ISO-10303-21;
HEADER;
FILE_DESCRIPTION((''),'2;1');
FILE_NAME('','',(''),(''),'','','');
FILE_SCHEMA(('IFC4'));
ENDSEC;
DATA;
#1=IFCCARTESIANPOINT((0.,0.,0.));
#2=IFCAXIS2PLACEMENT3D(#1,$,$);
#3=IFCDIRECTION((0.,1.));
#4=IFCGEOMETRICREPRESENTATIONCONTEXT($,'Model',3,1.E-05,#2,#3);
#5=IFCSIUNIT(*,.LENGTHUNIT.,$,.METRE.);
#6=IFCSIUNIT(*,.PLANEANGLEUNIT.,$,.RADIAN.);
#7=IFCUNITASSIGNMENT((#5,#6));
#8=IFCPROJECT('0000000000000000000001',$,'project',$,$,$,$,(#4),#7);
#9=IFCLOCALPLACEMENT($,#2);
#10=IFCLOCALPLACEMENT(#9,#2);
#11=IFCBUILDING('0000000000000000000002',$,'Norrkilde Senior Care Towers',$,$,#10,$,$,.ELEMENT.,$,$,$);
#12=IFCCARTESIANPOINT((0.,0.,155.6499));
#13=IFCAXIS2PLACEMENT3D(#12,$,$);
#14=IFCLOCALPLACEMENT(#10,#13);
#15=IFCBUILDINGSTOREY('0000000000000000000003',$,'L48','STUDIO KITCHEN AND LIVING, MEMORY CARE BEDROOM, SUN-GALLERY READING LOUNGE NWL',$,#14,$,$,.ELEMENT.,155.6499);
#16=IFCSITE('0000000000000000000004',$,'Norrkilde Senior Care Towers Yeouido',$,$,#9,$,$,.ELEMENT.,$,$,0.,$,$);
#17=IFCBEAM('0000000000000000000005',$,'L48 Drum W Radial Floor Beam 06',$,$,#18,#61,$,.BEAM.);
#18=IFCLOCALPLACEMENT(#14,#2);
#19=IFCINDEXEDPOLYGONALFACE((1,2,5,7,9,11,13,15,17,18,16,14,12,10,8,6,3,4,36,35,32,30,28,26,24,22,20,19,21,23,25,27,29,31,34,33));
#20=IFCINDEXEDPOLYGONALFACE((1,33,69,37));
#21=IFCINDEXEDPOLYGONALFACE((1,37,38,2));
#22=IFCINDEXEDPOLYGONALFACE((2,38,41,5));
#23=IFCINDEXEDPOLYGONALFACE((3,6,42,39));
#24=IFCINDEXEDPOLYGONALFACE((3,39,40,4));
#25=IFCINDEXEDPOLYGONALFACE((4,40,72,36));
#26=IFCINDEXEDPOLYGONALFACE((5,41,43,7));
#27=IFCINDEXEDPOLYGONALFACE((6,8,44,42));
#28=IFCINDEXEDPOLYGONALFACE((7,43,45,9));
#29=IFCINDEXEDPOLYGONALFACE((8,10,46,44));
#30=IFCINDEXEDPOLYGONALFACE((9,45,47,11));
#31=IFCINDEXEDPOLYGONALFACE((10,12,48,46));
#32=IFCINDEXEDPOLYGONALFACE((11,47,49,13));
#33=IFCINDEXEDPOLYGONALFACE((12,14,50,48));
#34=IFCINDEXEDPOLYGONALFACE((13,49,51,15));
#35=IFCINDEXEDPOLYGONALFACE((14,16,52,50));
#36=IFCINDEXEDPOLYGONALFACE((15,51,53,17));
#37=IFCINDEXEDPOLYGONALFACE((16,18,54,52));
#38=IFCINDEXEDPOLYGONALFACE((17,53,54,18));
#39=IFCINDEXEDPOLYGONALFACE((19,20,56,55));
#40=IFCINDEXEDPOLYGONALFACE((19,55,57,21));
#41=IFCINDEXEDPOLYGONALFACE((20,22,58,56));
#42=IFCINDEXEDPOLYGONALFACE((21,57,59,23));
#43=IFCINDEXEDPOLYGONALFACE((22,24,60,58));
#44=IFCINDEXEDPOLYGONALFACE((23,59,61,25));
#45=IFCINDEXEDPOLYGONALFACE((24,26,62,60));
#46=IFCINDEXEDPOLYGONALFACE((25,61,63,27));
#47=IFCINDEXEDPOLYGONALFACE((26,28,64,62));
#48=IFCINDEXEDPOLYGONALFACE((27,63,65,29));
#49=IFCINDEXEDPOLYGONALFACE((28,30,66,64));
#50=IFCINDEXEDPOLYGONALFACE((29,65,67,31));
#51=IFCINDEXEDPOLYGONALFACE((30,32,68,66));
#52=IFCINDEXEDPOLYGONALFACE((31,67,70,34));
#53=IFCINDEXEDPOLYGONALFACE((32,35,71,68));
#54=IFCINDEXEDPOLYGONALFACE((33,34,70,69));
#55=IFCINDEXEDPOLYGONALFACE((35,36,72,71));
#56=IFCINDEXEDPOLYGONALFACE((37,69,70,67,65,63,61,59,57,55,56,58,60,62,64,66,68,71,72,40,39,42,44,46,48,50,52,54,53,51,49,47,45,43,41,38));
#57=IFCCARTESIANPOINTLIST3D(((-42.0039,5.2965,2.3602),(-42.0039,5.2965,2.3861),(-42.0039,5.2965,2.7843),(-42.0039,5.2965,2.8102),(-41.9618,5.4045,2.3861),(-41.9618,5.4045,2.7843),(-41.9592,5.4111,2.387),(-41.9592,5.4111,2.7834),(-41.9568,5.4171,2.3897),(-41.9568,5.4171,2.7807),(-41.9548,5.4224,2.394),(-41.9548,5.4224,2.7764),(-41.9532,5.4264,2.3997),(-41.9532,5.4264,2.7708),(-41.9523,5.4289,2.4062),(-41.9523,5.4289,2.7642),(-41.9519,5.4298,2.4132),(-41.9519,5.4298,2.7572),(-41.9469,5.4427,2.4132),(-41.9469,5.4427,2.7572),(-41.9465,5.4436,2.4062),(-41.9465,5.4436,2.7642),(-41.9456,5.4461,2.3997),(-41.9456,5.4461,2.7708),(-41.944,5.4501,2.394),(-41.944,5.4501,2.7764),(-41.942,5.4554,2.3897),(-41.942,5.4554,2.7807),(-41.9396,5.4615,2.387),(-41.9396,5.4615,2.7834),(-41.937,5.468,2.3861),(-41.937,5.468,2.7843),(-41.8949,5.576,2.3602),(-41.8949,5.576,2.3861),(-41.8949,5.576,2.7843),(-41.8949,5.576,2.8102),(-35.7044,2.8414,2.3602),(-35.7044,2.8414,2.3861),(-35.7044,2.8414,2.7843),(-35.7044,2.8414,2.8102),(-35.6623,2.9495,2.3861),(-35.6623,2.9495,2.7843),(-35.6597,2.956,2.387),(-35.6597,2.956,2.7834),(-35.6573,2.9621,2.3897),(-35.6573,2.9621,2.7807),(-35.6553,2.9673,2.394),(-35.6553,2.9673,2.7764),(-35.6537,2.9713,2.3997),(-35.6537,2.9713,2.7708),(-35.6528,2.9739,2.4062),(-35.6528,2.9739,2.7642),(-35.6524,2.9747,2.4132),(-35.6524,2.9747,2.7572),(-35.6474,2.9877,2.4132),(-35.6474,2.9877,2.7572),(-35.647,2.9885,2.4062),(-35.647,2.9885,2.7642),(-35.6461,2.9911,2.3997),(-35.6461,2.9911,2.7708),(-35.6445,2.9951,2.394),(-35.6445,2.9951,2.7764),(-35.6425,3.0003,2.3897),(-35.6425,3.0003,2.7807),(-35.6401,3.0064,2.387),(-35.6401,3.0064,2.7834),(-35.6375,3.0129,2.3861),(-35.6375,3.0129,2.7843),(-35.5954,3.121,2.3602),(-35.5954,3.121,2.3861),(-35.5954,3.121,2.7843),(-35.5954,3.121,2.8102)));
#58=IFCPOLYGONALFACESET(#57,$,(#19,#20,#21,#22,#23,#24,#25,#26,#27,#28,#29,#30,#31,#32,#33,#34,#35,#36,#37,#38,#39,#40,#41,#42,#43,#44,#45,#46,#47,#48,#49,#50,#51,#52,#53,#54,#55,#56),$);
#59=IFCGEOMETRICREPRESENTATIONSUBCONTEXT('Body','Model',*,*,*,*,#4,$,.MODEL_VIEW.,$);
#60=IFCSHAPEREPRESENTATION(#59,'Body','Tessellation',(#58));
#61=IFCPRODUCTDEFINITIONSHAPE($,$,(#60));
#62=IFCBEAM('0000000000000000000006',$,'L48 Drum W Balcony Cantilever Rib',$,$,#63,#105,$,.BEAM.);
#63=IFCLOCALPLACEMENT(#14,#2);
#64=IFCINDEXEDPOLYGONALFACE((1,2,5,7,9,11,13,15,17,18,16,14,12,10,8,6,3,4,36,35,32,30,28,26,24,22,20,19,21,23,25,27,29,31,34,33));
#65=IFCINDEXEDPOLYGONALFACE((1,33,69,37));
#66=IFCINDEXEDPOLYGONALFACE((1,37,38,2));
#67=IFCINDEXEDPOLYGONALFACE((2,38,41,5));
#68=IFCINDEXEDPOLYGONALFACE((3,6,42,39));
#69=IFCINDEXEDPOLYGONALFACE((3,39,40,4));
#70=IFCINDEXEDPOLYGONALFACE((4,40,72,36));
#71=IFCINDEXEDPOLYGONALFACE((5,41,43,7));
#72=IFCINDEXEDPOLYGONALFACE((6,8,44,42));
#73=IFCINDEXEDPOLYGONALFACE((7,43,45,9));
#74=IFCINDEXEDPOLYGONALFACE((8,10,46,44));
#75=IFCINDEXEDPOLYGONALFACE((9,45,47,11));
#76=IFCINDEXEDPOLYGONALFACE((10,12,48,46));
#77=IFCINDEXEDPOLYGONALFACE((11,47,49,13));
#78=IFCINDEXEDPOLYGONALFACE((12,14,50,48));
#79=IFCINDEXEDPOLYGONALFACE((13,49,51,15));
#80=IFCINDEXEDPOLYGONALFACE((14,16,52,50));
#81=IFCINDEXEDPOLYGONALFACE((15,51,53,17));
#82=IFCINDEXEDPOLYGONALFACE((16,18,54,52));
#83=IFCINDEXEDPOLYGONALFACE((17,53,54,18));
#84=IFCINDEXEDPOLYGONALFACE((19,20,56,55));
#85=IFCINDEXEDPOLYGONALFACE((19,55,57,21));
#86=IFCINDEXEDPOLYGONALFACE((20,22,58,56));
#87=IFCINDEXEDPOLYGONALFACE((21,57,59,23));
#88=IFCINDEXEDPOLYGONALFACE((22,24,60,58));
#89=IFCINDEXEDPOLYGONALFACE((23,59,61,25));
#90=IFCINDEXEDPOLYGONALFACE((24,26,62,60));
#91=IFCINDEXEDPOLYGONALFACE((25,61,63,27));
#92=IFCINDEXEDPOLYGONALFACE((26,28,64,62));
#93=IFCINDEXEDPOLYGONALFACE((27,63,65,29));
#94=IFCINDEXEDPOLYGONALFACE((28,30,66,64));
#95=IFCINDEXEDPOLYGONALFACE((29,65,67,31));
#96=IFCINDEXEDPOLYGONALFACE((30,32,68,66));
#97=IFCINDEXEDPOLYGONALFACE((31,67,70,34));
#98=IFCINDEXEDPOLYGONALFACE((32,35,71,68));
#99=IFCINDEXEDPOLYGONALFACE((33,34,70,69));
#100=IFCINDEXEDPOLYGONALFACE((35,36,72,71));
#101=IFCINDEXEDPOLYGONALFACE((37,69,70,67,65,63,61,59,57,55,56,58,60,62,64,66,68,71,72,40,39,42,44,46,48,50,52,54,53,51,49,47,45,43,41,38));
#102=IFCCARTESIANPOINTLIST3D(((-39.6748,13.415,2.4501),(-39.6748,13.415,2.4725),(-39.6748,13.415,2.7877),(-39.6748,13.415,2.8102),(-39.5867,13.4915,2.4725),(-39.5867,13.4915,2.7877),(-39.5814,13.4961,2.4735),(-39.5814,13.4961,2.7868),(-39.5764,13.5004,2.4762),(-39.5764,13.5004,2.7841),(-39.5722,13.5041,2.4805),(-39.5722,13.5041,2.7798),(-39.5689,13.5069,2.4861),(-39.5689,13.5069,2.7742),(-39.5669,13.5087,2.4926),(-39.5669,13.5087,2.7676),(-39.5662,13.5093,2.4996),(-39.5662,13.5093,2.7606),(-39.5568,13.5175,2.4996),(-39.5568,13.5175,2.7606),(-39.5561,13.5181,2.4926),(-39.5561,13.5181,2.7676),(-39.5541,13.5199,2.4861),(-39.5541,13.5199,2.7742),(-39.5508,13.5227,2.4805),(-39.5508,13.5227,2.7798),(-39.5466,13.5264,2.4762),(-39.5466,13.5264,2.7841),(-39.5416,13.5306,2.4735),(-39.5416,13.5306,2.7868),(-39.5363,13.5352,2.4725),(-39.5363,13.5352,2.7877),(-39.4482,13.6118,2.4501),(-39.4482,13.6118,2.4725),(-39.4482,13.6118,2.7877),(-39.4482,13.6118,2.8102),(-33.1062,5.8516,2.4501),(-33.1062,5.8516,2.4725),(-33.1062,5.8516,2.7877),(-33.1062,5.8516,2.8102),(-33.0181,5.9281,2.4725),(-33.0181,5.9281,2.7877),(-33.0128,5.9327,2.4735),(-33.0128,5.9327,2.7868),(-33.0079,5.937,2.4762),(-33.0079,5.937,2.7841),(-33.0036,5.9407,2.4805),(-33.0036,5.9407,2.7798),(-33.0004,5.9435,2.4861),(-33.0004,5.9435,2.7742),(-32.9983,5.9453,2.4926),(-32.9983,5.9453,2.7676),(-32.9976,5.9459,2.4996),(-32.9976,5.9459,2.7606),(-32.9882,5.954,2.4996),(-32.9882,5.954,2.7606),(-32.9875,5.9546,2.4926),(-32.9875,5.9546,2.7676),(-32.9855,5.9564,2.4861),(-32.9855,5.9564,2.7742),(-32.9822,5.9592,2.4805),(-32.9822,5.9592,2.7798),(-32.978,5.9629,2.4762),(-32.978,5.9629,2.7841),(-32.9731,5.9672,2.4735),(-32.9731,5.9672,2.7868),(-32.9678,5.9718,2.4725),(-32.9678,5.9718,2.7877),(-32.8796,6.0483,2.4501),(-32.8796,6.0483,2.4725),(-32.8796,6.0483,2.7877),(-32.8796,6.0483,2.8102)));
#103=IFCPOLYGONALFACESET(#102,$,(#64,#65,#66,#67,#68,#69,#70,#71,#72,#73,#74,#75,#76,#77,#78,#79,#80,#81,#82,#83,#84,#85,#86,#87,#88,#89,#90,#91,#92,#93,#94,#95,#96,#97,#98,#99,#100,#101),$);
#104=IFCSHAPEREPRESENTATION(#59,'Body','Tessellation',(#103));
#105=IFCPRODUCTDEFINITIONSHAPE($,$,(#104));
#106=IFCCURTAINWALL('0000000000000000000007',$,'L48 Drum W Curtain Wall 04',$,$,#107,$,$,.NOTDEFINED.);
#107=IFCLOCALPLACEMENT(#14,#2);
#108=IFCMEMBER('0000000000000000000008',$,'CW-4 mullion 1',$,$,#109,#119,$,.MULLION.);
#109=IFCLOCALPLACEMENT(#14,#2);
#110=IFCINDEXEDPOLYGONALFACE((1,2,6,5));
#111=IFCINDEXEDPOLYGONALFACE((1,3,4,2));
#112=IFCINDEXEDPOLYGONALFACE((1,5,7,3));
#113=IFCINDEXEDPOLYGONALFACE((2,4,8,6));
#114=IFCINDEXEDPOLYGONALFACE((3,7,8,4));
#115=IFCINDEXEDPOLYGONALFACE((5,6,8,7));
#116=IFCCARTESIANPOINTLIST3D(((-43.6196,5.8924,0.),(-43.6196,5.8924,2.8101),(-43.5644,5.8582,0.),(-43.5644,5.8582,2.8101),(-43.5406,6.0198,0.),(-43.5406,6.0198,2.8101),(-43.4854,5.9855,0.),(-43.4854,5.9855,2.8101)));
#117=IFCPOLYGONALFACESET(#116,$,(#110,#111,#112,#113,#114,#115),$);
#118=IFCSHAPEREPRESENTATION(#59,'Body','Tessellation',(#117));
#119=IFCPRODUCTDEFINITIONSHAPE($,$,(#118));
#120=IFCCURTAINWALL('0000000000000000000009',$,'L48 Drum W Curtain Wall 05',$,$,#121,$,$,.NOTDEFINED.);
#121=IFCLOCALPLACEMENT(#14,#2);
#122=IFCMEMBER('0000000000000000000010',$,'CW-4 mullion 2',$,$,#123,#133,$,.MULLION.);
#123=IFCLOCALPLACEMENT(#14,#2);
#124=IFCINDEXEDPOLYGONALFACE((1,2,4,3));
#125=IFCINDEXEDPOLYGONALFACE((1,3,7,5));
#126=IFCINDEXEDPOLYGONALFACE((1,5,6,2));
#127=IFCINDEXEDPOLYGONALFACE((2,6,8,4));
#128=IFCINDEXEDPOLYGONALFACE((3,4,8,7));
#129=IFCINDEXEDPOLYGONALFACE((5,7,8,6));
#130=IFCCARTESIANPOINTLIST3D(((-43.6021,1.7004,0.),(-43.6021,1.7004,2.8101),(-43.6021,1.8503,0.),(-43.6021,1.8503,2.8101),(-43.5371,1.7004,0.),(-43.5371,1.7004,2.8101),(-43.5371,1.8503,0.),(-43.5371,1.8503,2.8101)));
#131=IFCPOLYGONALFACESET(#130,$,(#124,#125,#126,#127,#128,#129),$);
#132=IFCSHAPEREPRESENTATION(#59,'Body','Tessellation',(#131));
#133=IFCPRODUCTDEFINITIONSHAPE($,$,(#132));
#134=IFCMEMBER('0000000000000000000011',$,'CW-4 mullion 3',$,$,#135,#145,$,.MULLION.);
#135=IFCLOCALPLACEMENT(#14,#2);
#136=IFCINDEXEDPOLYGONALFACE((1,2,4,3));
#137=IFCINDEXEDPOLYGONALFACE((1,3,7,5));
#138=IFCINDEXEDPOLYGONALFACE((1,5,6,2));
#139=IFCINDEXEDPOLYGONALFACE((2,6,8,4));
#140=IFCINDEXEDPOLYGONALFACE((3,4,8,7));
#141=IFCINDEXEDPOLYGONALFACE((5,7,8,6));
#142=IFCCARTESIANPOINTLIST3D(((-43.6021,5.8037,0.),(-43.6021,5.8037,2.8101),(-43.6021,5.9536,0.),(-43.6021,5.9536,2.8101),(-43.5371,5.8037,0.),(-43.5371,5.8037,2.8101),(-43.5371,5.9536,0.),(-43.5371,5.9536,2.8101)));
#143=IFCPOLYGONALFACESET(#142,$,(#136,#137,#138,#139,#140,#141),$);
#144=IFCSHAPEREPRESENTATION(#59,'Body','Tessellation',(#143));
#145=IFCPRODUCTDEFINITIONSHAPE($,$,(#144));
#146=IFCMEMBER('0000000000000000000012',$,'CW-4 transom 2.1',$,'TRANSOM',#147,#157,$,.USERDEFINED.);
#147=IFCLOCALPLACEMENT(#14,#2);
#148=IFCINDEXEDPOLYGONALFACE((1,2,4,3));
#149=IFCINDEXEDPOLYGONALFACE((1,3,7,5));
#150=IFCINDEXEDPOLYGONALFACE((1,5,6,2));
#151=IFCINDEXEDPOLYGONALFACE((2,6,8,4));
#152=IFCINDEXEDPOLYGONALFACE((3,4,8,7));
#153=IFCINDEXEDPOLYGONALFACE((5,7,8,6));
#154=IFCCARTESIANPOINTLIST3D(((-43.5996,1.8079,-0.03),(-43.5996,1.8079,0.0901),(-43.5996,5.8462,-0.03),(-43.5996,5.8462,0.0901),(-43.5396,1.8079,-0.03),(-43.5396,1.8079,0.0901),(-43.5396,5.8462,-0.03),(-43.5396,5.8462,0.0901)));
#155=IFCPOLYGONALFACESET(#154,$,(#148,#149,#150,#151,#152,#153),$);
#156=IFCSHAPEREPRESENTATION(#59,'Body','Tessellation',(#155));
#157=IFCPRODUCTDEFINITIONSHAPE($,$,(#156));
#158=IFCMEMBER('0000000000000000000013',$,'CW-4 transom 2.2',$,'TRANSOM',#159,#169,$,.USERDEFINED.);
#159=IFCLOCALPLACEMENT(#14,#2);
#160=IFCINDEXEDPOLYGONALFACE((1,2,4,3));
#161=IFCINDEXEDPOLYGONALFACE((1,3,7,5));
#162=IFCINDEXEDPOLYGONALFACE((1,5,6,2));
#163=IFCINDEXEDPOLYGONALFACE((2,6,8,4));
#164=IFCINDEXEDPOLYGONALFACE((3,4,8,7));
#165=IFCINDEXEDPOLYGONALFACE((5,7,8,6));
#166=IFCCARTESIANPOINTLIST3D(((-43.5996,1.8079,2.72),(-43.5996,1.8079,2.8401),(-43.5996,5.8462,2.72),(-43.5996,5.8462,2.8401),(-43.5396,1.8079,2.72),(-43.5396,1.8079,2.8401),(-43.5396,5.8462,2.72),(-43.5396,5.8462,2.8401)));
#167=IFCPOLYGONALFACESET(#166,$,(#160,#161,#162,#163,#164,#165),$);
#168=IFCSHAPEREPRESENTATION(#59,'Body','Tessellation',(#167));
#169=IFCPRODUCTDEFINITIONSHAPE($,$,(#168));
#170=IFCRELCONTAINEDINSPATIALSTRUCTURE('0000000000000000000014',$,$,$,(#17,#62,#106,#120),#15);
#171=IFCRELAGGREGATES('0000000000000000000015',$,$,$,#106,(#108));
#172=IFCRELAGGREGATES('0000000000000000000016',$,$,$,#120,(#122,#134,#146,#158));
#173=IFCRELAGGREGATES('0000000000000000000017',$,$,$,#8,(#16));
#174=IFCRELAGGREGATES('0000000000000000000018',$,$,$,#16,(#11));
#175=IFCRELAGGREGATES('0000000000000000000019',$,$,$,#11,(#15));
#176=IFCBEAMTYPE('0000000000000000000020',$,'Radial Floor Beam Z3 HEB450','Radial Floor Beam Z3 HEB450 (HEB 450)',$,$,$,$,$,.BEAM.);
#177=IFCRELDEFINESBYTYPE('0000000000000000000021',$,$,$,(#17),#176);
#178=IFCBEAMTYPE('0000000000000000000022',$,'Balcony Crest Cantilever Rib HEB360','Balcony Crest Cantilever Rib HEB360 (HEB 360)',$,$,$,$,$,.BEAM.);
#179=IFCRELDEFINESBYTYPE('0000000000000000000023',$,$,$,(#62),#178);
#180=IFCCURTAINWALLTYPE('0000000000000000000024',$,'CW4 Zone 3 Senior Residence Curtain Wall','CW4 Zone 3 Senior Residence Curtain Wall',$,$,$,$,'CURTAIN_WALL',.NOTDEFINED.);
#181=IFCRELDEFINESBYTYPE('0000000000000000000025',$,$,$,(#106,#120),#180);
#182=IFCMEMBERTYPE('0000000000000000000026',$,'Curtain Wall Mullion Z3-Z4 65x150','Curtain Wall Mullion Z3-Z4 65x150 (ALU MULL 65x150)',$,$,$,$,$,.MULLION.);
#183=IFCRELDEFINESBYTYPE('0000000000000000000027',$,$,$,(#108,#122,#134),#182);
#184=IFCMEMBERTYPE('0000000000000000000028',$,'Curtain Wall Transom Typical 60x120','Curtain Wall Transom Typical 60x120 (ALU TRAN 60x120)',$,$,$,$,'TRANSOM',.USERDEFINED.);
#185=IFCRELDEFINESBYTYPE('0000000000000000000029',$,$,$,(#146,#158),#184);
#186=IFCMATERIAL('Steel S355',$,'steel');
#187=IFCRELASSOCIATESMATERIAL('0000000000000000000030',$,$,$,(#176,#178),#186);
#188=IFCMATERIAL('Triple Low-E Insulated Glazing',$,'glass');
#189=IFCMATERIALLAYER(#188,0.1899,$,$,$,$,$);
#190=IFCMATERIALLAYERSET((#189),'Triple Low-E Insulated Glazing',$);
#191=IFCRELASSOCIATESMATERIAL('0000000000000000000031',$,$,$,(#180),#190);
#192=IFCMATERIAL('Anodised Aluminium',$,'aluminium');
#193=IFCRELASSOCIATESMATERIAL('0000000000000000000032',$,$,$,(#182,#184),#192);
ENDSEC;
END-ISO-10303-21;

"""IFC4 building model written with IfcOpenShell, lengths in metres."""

from ifc_helpers import new_model, si_unit, direction, frame, origin, origin_2d, place, context, subcontext, project, spatial, rectangle, i_section, extrude, source, transform, mapped, material, layer, layer_set, material_profile, profile_set, type_object, type_shapes, element, aggregate, save


model = new_model("IFC4")

# Units and contexts
model_context = context("Model", 3, precision=1e-05, world=origin(), true_north=direction((0.0, 1.0)))
body_context = subcontext(model_context, "Body", "Model", "MODEL_VIEW")
ifc_project = project(units=[si_unit("LENGTHUNIT", "METRE"), si_unit("PLANEANGLEUNIT", "RADIAN")], contexts=[model_context])

# Site, building, storey
site_placement = place(None, origin())
site = spatial("IfcSite", under=ifc_project, at=site_placement, Name="Norrkilde Senior Care Towers Yeouido", CompositionType="ELEMENT", RefElevation=0.0)
building_placement = place(site_placement, origin())
building = spatial("IfcBuilding", under=site, at=building_placement, Name="Norrkilde Senior Care Towers", CompositionType="ELEMENT")
storey_placement = place(building_placement, frame((0.0, 0.0, 155.6499)))
storey = spatial("IfcBuildingStorey", under=building, at=storey_placement, Name="L48", Description="STUDIO KITCHEN AND LIVING, MEMORY CARE BEDROOM, SUN-GALLERY READING LOUNGE NWL", CompositionType="ELEMENT", Elevation=155.6499)

# Beams
ifc_material_1 = material(Name="Steel S355", Category="steel")
ifc_material_profile_1 = material_profile(ifc_material_1, i_section(OverallWidth=0.3, OverallDepth=0.45, WebThickness=0.0139, FlangeThickness=0.0259, FilletRadius=0.0271, at=origin_2d()), Name="HEB 450")
ifc_profile_set_1 = profile_set([ifc_material_profile_1], Name="Steel S355")
beam_type_1 = type_object("IfcBeamType", Name="Radial Floor Beam Z3 HEB450", Description="Radial Floor Beam Z3 HEB450 (HEB 450)", PredefinedType="BEAM", material=ifc_profile_set_1)
shared_shape_1 = source(origin(), body_context, "Body", "SweptSolid", [
    extrude(i_section(OverallWidth=0.3, OverallDepth=0.45, WebThickness=0.0139, FlangeThickness=0.0259, FilletRadius=0.0271, at=origin_2d()), origin(), (0.0, 0.0, 1.0), 6.761),
])
beam_1_placement = place(storey_placement, frame((-35.6499, 2.9812, 2.5852), z_axis=(-0.931742, 0.363121, 0.0), x_axis=(-0.363121, -0.931742, 0.0)))
element("IfcBeam", 1, at=beam_1_placement, inside=storey, type_object=beam_type_1, Name="L48 Drum W Radial Floor Beam 06", PredefinedType="BEAM", context=body_context, shape_type="MappedRepresentation", body=[
    mapped(shared_shape_1, transform((0.0, 0.0, 0.0), x_axis=(1.0, 0.0, 0.0), y_axis=(0.0, 1.0, 0.0), z_axis=(0.0, 0.0, 1.0), scale=1.0)),
])
ifc_material_profile_2 = material_profile(ifc_material_1, i_section(OverallWidth=0.3, OverallDepth=0.3601, WebThickness=0.0125, FlangeThickness=0.0225, FilletRadius=0.0271, at=origin_2d()), Name="HEB 360")
ifc_profile_set_2 = profile_set([ifc_material_profile_2], Name="Steel S355")
beam_type_2 = type_object("IfcBeamType", Name="Balcony Crest Cantilever Rib HEB360", Description="Balcony Crest Cantilever Rib HEB360 (HEB 360)", PredefinedType="BEAM", material=ifc_profile_set_2)
shared_shape_2 = source(origin(), body_context, "Body", "SweptSolid", [
    extrude(i_section(OverallWidth=0.3, OverallDepth=0.3601, WebThickness=0.0125, FlangeThickness=0.0225, FilletRadius=0.0271, at=origin_2d()), origin(), (0.0, 0.0, 1.0), 10.0176),
])
type_shapes(beam_type_2, [shared_shape_2])
beam_2_placement = place(storey_placement, frame((-32.9929, 5.95, 2.6301), z_axis=(-0.655705, 0.755017, 0.0), x_axis=(-0.755017, -0.655705, 0.0)))
element("IfcBeam", 2, at=beam_2_placement, inside=storey, type_object=beam_type_2, Name="L48 Drum W Balcony Cantilever Rib", PredefinedType="BEAM", context=body_context, shape_type="MappedRepresentation", body=[
    mapped(shared_shape_2, transform((0.0, 0.0, 0.0), x_axis=(1.0, 0.0, 0.0), y_axis=(0.0, 1.0, 0.0), z_axis=(0.0, 0.0, 1.0), scale=1.0)),
])

# Curtain wall, member
ifc_material_2 = material(Name="Triple Low-E Insulated Glazing", Category="glass")
ifc_layer_1 = layer(ifc_material_2, 0.1899)
ifc_layer_set_1 = layer_set([ifc_layer_1], Name="Triple Low-E Insulated Glazing")
curtain_wall_type = type_object("IfcCurtainWallType", Name="CW4 Zone 3 Senior Residence Curtain Wall", Description="CW4 Zone 3 Senior Residence Curtain Wall", ElementType="CURTAIN_WALL", PredefinedType="NOTDEFINED", material=ifc_layer_set_1)
curtain_wall_1_placement = place(storey_placement, origin())
curtain_wall_1 = element("IfcCurtainWall", 3, at=curtain_wall_1_placement, inside=storey, type_object=curtain_wall_type, Name="L48 Drum W Curtain Wall 04", PredefinedType="NOTDEFINED")
ifc_material_3 = material(Name="Anodised Aluminium", Category="aluminium")
ifc_material_profile_3 = material_profile(ifc_material_3, rectangle(XDim=0.0649, YDim=0.1499, at=origin_2d()), Name="ALU MULL 65x150")
ifc_profile_set_3 = profile_set([ifc_material_profile_3], Name="Anodised Aluminium")
member_type_1 = type_object("IfcMemberType", Name="Curtain Wall Mullion Z3-Z4 65x150", Description="Curtain Wall Mullion Z3-Z4 65x150 (ALU MULL 65x150)", PredefinedType="MULLION", material=ifc_profile_set_3)
shared_shape_3 = source(origin(), body_context, "Body", "SweptSolid", [
    extrude(rectangle(XDim=0.0649, YDim=0.1499, at=origin_2d()), origin(), (0.0, 0.0, 1.0), 2.8101),
])
type_shapes(member_type_1, [shared_shape_3])
member_1_placement = place(storey_placement, frame((-43.5525, 5.939, 0.0), z_axis=(0.0, 0.0, 1.0), x_axis=(-0.849634, 0.527373, 0.0)))
member_1 = element("IfcMember", 4, at=member_1_placement, type_object=member_type_1, Name="CW-4 mullion 1", PredefinedType="MULLION", context=body_context, shape_type="MappedRepresentation", body=[
    mapped(shared_shape_3, transform((0.0, 0.0, 0.0), x_axis=(1.0, 0.0, 0.0), y_axis=(0.0, 1.0, 0.0), z_axis=(0.0, 0.0, 1.0), scale=1.0)),
])
aggregate(curtain_wall_1, [member_1])

# Curtain wall, members
curtain_wall_2_placement = place(storey_placement, origin())
curtain_wall_2 = element("IfcCurtainWall", 5, at=curtain_wall_2_placement, inside=storey, type_object=curtain_wall_type, Name="L48 Drum W Curtain Wall 05", PredefinedType="NOTDEFINED")
member_2_placement = place(storey_placement, frame((-43.5696, 1.7754, 0.0), z_axis=(0.0, 0.0, 1.0), x_axis=(-1.0, 0.0, 0.0)))
member_2 = element("IfcMember", 6, at=member_2_placement, type_object=member_type_1, Name="CW-4 mullion 2", PredefinedType="MULLION", context=body_context, shape_type="MappedRepresentation", body=[
    mapped(shared_shape_3, transform((0.0, 0.0, 0.0), x_axis=(1.0, 0.0, 0.0), y_axis=(0.0, 1.0, 0.0), z_axis=(0.0, 0.0, 1.0), scale=1.0)),
])
member_3_placement = place(storey_placement, frame((-43.5696, 5.8787, 0.0), z_axis=(0.0, 0.0, 1.0), x_axis=(-1.0, 0.0, 0.0)))
member_3 = element("IfcMember", 7, at=member_3_placement, type_object=member_type_1, Name="CW-4 mullion 3", PredefinedType="MULLION", context=body_context, shape_type="MappedRepresentation", body=[
    mapped(shared_shape_3, transform((0.0, 0.0, 0.0), x_axis=(1.0, 0.0, 0.0), y_axis=(0.0, 1.0, 0.0), z_axis=(0.0, 0.0, 1.0), scale=1.0)),
])
ifc_material_profile_4 = material_profile(ifc_material_3, rectangle(XDim=0.0601, YDim=0.1201, at=origin_2d()), Name="ALU TRAN 60x120")
ifc_profile_set_4 = profile_set([ifc_material_profile_4], Name="Anodised Aluminium")
member_type_2 = type_object("IfcMemberType", Name="Curtain Wall Transom Typical 60x120", Description="Curtain Wall Transom Typical 60x120 (ALU TRAN 60x120)", ElementType="TRANSOM", PredefinedType="USERDEFINED", material=ifc_profile_set_4)
shared_shape_4 = source(origin(), body_context, "Body", "SweptSolid", [
    extrude(rectangle(XDim=0.0601, YDim=0.1201, at=origin_2d()), origin(), (0.0, 0.0, 1.0), 4.0383),
])
type_shapes(member_type_2, [shared_shape_4])
member_4_placement = place(storey_placement, frame((-43.5696, 1.8079, 0.03), z_axis=(0.0, 1.0, 0.0), x_axis=(-1.0, 0.0, 0.0)))
member_4 = element("IfcMember", 8, at=member_4_placement, type_object=member_type_2, Name="CW-4 transom 2.1", ObjectType="TRANSOM", PredefinedType="USERDEFINED", context=body_context, shape_type="MappedRepresentation", body=[
    mapped(shared_shape_4, transform((0.0, 0.0, 0.0), x_axis=(1.0, 0.0, 0.0), y_axis=(0.0, 1.0, 0.0), z_axis=(0.0, 0.0, 1.0), scale=1.0)),
])
member_5_placement = place(storey_placement, frame((-43.5696, 1.8079, 2.78), z_axis=(0.0, 1.0, 0.0), x_axis=(-1.0, 0.0, 0.0)))
member_5 = element("IfcMember", 9, at=member_5_placement, type_object=member_type_2, Name="CW-4 transom 2.2", ObjectType="TRANSOM", PredefinedType="USERDEFINED", context=body_context, shape_type="MappedRepresentation", body=[
    mapped(shared_shape_4, transform((0.0, 0.0, 0.0), x_axis=(1.0, 0.0, 0.0), y_axis=(0.0, 1.0, 0.0), z_axis=(0.0, 0.0, 1.0), scale=1.0)),
])
aggregate(curtain_wall_2, [member_2, member_3, member_4, member_5])

save(model, "model.ifc")
